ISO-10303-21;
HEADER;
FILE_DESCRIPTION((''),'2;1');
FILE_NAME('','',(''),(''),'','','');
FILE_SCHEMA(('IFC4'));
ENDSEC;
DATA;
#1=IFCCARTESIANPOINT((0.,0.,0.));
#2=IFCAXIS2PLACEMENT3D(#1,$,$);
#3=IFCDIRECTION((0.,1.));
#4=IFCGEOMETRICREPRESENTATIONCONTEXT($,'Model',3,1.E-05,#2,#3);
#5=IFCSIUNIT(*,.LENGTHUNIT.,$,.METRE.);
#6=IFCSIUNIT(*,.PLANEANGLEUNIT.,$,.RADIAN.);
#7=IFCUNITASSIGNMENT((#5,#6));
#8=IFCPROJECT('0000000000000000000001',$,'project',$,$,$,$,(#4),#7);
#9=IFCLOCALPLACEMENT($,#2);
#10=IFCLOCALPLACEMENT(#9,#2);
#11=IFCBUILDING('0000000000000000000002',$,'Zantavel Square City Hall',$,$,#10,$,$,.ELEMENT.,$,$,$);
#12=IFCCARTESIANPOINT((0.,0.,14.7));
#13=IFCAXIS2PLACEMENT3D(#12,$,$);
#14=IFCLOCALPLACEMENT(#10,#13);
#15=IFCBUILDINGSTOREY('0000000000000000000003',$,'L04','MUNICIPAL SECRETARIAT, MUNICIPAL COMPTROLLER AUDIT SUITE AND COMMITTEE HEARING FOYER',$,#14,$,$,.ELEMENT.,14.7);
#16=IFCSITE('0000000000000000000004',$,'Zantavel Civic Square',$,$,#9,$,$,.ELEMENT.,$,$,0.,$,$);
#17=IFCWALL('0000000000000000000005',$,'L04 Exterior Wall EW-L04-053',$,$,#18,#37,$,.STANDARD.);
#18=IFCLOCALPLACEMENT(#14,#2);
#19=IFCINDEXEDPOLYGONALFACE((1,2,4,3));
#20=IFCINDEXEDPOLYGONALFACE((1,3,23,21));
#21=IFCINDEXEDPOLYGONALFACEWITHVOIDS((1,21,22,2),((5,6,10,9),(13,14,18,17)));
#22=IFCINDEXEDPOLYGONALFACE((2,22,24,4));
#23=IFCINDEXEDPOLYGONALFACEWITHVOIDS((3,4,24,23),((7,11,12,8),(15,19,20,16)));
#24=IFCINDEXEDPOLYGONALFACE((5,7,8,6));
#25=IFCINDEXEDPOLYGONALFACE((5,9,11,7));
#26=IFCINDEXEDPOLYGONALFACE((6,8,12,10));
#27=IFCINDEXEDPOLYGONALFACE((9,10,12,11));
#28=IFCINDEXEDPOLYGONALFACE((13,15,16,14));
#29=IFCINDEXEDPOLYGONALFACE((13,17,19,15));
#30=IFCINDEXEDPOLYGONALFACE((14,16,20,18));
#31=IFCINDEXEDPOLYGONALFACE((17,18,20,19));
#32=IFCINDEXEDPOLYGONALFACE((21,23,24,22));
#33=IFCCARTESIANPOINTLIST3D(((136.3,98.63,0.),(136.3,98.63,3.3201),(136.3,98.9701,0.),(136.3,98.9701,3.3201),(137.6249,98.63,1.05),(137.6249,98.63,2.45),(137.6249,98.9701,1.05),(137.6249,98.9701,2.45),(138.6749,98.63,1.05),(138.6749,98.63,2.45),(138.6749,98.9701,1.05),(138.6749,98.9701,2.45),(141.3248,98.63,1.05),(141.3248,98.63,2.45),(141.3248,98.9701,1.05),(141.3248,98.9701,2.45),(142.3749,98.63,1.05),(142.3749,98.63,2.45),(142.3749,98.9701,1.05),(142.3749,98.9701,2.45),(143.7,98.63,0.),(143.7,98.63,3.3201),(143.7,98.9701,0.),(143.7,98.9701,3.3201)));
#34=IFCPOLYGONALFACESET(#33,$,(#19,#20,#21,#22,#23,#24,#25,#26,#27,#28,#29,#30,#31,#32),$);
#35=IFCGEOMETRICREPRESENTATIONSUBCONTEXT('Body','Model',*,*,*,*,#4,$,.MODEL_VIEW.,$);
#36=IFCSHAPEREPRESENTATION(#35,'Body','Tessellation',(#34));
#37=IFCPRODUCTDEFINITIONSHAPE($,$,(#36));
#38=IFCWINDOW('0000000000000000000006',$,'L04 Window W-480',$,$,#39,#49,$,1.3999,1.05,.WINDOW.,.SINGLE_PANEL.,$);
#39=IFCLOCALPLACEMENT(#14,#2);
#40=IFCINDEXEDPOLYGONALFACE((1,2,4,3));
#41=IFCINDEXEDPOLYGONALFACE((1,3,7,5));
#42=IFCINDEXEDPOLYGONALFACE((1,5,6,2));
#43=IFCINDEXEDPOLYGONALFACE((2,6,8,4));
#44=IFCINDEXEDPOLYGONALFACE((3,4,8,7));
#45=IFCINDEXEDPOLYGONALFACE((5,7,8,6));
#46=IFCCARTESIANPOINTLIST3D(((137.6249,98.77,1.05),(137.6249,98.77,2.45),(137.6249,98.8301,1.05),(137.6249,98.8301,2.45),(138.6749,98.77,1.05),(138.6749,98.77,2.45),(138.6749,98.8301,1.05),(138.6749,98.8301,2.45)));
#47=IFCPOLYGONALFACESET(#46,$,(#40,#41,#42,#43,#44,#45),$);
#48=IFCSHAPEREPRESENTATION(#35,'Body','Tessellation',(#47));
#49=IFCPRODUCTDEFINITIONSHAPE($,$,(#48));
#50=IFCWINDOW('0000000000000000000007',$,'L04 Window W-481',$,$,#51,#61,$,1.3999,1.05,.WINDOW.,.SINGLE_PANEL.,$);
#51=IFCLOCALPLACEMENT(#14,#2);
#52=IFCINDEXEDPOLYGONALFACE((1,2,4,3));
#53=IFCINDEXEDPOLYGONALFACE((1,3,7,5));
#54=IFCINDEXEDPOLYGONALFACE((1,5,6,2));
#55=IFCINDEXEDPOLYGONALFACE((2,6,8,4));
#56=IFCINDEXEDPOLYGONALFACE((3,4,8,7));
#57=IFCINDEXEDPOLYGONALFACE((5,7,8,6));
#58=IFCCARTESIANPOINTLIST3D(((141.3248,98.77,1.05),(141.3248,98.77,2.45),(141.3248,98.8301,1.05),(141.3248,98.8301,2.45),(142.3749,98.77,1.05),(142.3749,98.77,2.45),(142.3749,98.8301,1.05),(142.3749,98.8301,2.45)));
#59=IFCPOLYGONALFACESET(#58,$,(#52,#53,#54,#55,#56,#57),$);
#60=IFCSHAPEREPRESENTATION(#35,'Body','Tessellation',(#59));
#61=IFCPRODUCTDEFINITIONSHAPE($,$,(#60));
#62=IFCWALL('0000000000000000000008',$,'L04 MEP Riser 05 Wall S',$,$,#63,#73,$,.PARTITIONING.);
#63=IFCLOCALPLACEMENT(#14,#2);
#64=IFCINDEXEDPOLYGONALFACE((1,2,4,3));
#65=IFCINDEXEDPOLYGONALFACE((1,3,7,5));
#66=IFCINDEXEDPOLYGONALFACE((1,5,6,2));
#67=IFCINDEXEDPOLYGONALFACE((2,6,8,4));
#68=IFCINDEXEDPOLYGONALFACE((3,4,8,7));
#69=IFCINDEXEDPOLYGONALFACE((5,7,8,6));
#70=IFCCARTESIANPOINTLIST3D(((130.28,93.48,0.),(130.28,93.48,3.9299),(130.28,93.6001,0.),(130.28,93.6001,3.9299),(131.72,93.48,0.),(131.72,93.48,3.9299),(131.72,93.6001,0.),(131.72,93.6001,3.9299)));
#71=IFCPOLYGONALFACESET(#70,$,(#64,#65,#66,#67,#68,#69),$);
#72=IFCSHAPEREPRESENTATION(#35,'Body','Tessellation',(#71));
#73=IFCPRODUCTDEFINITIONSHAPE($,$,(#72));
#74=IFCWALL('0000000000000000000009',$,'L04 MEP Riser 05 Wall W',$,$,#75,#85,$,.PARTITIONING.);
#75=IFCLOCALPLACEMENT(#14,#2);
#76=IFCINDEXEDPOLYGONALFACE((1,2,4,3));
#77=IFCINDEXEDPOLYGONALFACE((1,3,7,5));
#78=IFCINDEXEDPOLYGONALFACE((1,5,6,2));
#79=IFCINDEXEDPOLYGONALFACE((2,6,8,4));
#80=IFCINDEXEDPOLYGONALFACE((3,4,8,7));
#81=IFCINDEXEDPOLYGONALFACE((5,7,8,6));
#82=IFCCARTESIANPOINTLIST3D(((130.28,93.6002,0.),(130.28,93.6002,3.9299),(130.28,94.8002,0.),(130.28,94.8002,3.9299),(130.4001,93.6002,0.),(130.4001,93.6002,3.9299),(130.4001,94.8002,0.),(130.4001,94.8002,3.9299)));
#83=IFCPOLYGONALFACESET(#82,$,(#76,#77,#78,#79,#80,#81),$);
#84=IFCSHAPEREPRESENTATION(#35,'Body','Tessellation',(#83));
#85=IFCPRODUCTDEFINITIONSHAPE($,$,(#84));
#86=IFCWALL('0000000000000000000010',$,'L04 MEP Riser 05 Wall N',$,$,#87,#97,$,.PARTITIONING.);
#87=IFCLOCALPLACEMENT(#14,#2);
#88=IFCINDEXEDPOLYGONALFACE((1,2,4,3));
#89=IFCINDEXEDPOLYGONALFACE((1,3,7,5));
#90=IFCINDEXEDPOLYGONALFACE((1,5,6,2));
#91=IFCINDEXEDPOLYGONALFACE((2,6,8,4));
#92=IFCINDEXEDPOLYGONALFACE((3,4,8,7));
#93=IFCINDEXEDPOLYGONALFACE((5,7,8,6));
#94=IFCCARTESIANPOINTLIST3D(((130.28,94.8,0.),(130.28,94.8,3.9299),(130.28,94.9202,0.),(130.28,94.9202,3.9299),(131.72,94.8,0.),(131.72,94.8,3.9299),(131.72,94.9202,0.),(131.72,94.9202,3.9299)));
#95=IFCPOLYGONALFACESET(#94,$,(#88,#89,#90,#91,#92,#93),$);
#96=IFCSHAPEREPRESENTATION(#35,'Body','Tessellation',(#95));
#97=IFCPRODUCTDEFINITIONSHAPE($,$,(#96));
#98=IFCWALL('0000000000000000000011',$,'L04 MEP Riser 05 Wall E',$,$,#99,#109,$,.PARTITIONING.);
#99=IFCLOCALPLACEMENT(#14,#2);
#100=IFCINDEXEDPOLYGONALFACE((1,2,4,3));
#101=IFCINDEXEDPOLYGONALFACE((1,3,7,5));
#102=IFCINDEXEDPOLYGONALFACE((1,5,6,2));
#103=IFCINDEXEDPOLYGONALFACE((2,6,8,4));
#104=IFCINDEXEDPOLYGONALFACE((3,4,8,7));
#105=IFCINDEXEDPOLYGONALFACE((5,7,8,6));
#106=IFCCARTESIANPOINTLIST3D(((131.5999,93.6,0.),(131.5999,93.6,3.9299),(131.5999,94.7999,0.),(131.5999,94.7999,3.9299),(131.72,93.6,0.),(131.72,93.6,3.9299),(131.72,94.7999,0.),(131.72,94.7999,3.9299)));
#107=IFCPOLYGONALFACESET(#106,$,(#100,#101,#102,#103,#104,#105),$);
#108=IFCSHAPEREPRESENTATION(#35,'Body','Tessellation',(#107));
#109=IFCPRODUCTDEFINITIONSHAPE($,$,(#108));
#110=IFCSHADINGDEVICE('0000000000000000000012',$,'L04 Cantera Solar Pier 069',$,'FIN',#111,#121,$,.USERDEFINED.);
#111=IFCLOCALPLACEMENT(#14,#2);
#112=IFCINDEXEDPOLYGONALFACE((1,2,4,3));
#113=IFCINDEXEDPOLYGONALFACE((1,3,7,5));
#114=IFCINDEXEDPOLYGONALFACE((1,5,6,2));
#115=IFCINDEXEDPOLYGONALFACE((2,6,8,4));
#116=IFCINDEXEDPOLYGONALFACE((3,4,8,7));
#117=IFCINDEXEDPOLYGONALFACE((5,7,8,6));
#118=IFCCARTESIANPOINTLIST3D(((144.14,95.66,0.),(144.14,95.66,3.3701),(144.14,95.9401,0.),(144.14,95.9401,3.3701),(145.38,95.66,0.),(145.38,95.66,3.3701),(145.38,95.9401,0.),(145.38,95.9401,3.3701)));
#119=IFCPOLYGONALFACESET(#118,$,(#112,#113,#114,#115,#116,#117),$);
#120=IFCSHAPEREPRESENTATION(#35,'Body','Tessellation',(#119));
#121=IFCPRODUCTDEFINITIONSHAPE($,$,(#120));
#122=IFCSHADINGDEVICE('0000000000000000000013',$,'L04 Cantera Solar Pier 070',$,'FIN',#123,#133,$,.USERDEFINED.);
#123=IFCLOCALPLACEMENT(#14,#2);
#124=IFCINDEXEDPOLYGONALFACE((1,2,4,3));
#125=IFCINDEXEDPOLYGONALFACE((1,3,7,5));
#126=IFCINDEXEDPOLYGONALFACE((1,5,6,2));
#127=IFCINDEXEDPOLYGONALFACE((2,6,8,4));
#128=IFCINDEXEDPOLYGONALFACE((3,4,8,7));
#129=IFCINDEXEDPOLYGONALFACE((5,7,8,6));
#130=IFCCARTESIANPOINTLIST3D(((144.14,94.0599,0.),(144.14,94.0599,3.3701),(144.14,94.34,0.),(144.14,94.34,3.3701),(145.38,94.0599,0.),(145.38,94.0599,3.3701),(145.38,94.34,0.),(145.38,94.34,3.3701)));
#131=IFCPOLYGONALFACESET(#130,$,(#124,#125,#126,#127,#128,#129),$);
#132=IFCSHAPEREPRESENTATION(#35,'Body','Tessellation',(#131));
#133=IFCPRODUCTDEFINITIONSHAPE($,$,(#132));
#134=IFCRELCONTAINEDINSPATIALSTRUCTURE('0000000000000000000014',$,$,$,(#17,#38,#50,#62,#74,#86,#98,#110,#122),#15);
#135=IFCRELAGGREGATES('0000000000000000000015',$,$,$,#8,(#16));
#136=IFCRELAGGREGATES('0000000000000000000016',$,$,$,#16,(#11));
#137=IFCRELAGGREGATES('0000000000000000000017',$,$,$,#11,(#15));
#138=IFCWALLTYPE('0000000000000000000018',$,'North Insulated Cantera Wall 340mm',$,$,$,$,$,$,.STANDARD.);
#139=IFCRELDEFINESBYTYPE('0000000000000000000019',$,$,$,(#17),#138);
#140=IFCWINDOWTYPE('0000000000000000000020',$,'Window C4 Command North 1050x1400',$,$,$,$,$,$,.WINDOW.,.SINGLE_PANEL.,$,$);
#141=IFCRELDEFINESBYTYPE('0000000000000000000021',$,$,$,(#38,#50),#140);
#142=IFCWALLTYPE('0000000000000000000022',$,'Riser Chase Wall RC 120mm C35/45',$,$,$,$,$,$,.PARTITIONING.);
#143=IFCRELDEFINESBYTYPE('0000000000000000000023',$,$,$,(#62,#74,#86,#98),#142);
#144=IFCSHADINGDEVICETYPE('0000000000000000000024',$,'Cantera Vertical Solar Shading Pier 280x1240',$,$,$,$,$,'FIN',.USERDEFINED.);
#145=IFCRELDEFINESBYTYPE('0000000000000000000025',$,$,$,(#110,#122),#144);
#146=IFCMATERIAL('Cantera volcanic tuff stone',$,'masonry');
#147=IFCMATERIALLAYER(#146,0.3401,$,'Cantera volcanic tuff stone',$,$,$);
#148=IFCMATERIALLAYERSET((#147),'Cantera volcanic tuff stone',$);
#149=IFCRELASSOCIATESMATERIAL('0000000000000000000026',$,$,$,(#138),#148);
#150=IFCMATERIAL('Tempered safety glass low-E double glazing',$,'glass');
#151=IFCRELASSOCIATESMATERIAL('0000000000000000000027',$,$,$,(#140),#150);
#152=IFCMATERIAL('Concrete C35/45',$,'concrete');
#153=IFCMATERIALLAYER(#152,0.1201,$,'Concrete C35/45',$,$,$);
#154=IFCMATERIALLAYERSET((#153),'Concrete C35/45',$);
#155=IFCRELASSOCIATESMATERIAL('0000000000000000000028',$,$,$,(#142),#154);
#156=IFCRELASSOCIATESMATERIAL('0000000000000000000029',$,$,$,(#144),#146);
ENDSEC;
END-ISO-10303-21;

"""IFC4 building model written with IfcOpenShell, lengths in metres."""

from ifc_helpers import new_model, si_unit, direction, frame, frame_2d, origin, origin_2d, place, context, subcontext, project, spatial, rectangle, extrude, material, layer, layer_set, type_object, element, fill, save


model = new_model("IFC4")

# Units and contexts
model_context = context("Model", 3, precision=1e-05, world=origin(), true_north=direction((0.0, 1.0)))
body_context = subcontext(model_context, "Body", "Model", "MODEL_VIEW")
ifc_project = project(units=[si_unit("LENGTHUNIT", "METRE"), si_unit("PLANEANGLEUNIT", "RADIAN")], contexts=[model_context])

# Site, building, storey
site_placement = place(None, origin())
site = spatial("IfcSite", under=ifc_project, at=site_placement, Name="Zantavel Civic Square", CompositionType="ELEMENT", RefElevation=0.0)
building_placement = place(site_placement, origin())
building = spatial("IfcBuilding", under=site, at=building_placement, Name="Zantavel Square City Hall", CompositionType="ELEMENT")
storey_placement = place(building_placement, frame((0.0, 0.0, 14.7)))
storey = spatial("IfcBuildingStorey", under=building, at=storey_placement, Name="L04", Description="MUNICIPAL SECRETARIAT, MUNICIPAL COMPTROLLER AUDIT SUITE AND COMMITTEE HEARING FOYER", CompositionType="ELEMENT", Elevation=14.7)

# Shared definitions
ifc_material_1 = material(Name="Concrete C35/45", Category="concrete")

# Shared definitions
ifc_material_2 = material(Name="Cantera volcanic tuff stone", Category="masonry")
ifc_material_3 = material(Name="Tempered safety glass low-E double glazing", Category="glass")

# Wall, openings, windows
ifc_layer_1 = layer(ifc_material_2, 0.3401, Name="Cantera volcanic tuff stone")
ifc_layer_set_1 = layer_set([ifc_layer_1], Name="Cantera volcanic tuff stone")
wall_type_1 = type_object("IfcWallType", Name="North Insulated Cantera Wall 340mm", PredefinedType="STANDARD", material=ifc_layer_set_1)
wall_1_placement = place(storey_placement, frame((136.3, 98.8, 0.0), z_axis=(0.0, 0.0, 1.0), x_axis=(1.0, 0.0, 0.0)))
wall_1 = element("IfcWall", 1, at=wall_1_placement, inside=storey, type_object=wall_type_1, Name="L04 Exterior Wall EW-L04-053", PredefinedType="STANDARD", context=body_context, shape_type="SweptSolid", body=[
    extrude(rectangle(XDim=7.3999, YDim=0.3401, at=frame_2d((3.7, 0.0))), origin(), (0.0, 0.0, 1.0), 3.3201),
])
opening_1_placement = place(wall_1_placement, frame((1.325, 0.0, 1.05)))
opening_1 = element("IfcOpeningElement", 2, at=opening_1_placement, cuts=wall_1, PredefinedType="OPENING", context=body_context, shape_type="SweptSolid", body=[
    extrude(rectangle(XDim=1.05, YDim=1.3999, at=frame_2d((0.5249, 0.7))), frame((0.0, 0.1799, 0.0), z_axis=(0.0, -1.0, 0.0), x_axis=(1.0, 0.0, 0.0)), (0.0, 0.0, 1.0), 0.3601),
])
opening_2_placement = place(wall_1_placement, frame((5.0249, 0.0, 1.05)))
opening_2 = element("IfcOpeningElement", 3, at=opening_2_placement, cuts=wall_1, PredefinedType="OPENING", context=body_context, shape_type="SweptSolid", body=[
    extrude(rectangle(XDim=1.05, YDim=1.3999, at=frame_2d((0.5249, 0.7))), frame((0.0, 0.1799, 0.0), z_axis=(0.0, -1.0, 0.0), x_axis=(1.0, 0.0, 0.0)), (0.0, 0.0, 1.0), 0.3601),
])
window_type_1 = type_object("IfcWindowType", Name="Window C4 Command North 1050x1400", PartitioningType="SINGLE_PANEL", PredefinedType="WINDOW", material=ifc_material_3)
window_1_placement = place(opening_1_placement, origin())
window_1 = element("IfcWindow", 4, at=window_1_placement, inside=storey, type_object=window_type_1, Name="L04 Window W-480", OverallHeight=1.3999, OverallWidth=1.05, PartitioningType="SINGLE_PANEL", PredefinedType="WINDOW", context=body_context, shape_type="SweptSolid", body=[
    extrude(rectangle(XDim=1.05, YDim=1.3999, at=frame_2d((0.5249, 0.7))), frame((0.0, 0.03, 0.0), z_axis=(0.0, -1.0, 0.0), x_axis=(1.0, 0.0, 0.0)), (0.0, 0.0, 1.0), 0.0601),
])
fill(opening_1, window_1)
window_2_placement = place(opening_2_placement, origin())
window_2 = element("IfcWindow", 5, at=window_2_placement, inside=storey, type_object=window_type_1, Name="L04 Window W-481", OverallHeight=1.3999, OverallWidth=1.05, PartitioningType="SINGLE_PANEL", PredefinedType="WINDOW", context=body_context, shape_type="SweptSolid", body=[
    extrude(rectangle(XDim=1.05, YDim=1.3999, at=frame_2d((0.5249, 0.7))), frame((0.0, 0.03, 0.0), z_axis=(0.0, -1.0, 0.0), x_axis=(1.0, 0.0, 0.0)), (0.0, 0.0, 1.0), 0.0601),
])
fill(opening_2, window_2)

# Walls
ifc_layer_2 = layer(ifc_material_1, 0.1201, Name="Concrete C35/45")
ifc_layer_set_2 = layer_set([ifc_layer_2], Name="Concrete C35/45")
wall_type_2 = type_object("IfcWallType", Name="Riser Chase Wall RC 120mm C35/45", PredefinedType="PARTITIONING", material=ifc_layer_set_2)
wall_2_placement = place(storey_placement, frame((131.72, 93.54, 0.0), z_axis=(0.0, 0.0, 1.0), x_axis=(-1.0, 0.0, 0.0)))
element("IfcWall", 6, at=wall_2_placement, inside=storey, type_object=wall_type_2, Name="L04 MEP Riser 05 Wall S", PredefinedType="PARTITIONING", context=body_context, shape_type="SweptSolid", body=[
    extrude(rectangle(XDim=1.4399, YDim=0.1201, at=frame_2d((0.72, 0.0))), origin(), (0.0, 0.0, 1.0), 3.9299),
])
wall_3_placement = place(storey_placement, frame((130.3401, 93.6001, 0.0), z_axis=(0.0, 0.0, 1.0), x_axis=(0.0, 1.0, 0.0)))
element("IfcWall", 7, at=wall_3_placement, inside=storey, type_object=wall_type_2, Name="L04 MEP Riser 05 Wall W", PredefinedType="PARTITIONING", context=body_context, shape_type="SweptSolid", body=[
    extrude(rectangle(XDim=1.2, YDim=0.1201, at=frame_2d((0.6001, 0.0))), origin(), (0.0, 0.0, 1.0), 3.9299),
])
wall_4_placement = place(storey_placement, frame((130.28, 94.8601, 0.0), z_axis=(0.0, 0.0, 1.0), x_axis=(1.0, 0.0, 0.0)))
element("IfcWall", 8, at=wall_4_placement, inside=storey, type_object=wall_type_2, Name="L04 MEP Riser 05 Wall N", PredefinedType="PARTITIONING", context=body_context, shape_type="SweptSolid", body=[
    extrude(rectangle(XDim=1.4399, YDim=0.1201, at=frame_2d((0.72, 0.0))), origin(), (0.0, 0.0, 1.0), 3.9299),
])
wall_5_placement = place(storey_placement, frame((131.6599, 94.8, 0.0), z_axis=(0.0, 0.0, 1.0), x_axis=(0.0, -1.0, 0.0)))
element("IfcWall", 9, at=wall_5_placement, inside=storey, type_object=wall_type_2, Name="L04 MEP Riser 05 Wall E", PredefinedType="PARTITIONING", context=body_context, shape_type="SweptSolid", body=[
    extrude(rectangle(XDim=1.2, YDim=0.1201, at=frame_2d((0.6001, 0.0))), origin(), (0.0, 0.0, 1.0), 3.9299),
])

# Shading devices
shading_device_type = type_object("IfcShadingDeviceType", Name="Cantera Vertical Solar Shading Pier 280x1240", ElementType="FIN", PredefinedType="USERDEFINED", material=ifc_material_2)
for number, where, z_axis, x_axis, name in (
    (10, (144.76, 95.8, 0.0), (0.0, 0.0, 1.0), (1.0, 0.0, 0.0), "L04 Cantera Solar Pier 069"),
    (11, (144.76, 94.2, 0.0), (0.0, 0.0, 1.0), (1.0, 0.0, 0.0), "L04 Cantera Solar Pier 070"),
):
    element("IfcShadingDevice", number, at=place(storey_placement, frame(where, z_axis=z_axis, x_axis=x_axis)), inside=storey, type_object=shading_device_type, Name=name, ObjectType="FIN", PredefinedType="USERDEFINED", context=body_context, shape_type="SweptSolid", body=[
        extrude(rectangle(XDim=1.24, YDim=0.28, at=origin_2d()), origin(), (0.0, 0.0, 1.0), 3.3701),
    ])

save(model, "model.ifc")
